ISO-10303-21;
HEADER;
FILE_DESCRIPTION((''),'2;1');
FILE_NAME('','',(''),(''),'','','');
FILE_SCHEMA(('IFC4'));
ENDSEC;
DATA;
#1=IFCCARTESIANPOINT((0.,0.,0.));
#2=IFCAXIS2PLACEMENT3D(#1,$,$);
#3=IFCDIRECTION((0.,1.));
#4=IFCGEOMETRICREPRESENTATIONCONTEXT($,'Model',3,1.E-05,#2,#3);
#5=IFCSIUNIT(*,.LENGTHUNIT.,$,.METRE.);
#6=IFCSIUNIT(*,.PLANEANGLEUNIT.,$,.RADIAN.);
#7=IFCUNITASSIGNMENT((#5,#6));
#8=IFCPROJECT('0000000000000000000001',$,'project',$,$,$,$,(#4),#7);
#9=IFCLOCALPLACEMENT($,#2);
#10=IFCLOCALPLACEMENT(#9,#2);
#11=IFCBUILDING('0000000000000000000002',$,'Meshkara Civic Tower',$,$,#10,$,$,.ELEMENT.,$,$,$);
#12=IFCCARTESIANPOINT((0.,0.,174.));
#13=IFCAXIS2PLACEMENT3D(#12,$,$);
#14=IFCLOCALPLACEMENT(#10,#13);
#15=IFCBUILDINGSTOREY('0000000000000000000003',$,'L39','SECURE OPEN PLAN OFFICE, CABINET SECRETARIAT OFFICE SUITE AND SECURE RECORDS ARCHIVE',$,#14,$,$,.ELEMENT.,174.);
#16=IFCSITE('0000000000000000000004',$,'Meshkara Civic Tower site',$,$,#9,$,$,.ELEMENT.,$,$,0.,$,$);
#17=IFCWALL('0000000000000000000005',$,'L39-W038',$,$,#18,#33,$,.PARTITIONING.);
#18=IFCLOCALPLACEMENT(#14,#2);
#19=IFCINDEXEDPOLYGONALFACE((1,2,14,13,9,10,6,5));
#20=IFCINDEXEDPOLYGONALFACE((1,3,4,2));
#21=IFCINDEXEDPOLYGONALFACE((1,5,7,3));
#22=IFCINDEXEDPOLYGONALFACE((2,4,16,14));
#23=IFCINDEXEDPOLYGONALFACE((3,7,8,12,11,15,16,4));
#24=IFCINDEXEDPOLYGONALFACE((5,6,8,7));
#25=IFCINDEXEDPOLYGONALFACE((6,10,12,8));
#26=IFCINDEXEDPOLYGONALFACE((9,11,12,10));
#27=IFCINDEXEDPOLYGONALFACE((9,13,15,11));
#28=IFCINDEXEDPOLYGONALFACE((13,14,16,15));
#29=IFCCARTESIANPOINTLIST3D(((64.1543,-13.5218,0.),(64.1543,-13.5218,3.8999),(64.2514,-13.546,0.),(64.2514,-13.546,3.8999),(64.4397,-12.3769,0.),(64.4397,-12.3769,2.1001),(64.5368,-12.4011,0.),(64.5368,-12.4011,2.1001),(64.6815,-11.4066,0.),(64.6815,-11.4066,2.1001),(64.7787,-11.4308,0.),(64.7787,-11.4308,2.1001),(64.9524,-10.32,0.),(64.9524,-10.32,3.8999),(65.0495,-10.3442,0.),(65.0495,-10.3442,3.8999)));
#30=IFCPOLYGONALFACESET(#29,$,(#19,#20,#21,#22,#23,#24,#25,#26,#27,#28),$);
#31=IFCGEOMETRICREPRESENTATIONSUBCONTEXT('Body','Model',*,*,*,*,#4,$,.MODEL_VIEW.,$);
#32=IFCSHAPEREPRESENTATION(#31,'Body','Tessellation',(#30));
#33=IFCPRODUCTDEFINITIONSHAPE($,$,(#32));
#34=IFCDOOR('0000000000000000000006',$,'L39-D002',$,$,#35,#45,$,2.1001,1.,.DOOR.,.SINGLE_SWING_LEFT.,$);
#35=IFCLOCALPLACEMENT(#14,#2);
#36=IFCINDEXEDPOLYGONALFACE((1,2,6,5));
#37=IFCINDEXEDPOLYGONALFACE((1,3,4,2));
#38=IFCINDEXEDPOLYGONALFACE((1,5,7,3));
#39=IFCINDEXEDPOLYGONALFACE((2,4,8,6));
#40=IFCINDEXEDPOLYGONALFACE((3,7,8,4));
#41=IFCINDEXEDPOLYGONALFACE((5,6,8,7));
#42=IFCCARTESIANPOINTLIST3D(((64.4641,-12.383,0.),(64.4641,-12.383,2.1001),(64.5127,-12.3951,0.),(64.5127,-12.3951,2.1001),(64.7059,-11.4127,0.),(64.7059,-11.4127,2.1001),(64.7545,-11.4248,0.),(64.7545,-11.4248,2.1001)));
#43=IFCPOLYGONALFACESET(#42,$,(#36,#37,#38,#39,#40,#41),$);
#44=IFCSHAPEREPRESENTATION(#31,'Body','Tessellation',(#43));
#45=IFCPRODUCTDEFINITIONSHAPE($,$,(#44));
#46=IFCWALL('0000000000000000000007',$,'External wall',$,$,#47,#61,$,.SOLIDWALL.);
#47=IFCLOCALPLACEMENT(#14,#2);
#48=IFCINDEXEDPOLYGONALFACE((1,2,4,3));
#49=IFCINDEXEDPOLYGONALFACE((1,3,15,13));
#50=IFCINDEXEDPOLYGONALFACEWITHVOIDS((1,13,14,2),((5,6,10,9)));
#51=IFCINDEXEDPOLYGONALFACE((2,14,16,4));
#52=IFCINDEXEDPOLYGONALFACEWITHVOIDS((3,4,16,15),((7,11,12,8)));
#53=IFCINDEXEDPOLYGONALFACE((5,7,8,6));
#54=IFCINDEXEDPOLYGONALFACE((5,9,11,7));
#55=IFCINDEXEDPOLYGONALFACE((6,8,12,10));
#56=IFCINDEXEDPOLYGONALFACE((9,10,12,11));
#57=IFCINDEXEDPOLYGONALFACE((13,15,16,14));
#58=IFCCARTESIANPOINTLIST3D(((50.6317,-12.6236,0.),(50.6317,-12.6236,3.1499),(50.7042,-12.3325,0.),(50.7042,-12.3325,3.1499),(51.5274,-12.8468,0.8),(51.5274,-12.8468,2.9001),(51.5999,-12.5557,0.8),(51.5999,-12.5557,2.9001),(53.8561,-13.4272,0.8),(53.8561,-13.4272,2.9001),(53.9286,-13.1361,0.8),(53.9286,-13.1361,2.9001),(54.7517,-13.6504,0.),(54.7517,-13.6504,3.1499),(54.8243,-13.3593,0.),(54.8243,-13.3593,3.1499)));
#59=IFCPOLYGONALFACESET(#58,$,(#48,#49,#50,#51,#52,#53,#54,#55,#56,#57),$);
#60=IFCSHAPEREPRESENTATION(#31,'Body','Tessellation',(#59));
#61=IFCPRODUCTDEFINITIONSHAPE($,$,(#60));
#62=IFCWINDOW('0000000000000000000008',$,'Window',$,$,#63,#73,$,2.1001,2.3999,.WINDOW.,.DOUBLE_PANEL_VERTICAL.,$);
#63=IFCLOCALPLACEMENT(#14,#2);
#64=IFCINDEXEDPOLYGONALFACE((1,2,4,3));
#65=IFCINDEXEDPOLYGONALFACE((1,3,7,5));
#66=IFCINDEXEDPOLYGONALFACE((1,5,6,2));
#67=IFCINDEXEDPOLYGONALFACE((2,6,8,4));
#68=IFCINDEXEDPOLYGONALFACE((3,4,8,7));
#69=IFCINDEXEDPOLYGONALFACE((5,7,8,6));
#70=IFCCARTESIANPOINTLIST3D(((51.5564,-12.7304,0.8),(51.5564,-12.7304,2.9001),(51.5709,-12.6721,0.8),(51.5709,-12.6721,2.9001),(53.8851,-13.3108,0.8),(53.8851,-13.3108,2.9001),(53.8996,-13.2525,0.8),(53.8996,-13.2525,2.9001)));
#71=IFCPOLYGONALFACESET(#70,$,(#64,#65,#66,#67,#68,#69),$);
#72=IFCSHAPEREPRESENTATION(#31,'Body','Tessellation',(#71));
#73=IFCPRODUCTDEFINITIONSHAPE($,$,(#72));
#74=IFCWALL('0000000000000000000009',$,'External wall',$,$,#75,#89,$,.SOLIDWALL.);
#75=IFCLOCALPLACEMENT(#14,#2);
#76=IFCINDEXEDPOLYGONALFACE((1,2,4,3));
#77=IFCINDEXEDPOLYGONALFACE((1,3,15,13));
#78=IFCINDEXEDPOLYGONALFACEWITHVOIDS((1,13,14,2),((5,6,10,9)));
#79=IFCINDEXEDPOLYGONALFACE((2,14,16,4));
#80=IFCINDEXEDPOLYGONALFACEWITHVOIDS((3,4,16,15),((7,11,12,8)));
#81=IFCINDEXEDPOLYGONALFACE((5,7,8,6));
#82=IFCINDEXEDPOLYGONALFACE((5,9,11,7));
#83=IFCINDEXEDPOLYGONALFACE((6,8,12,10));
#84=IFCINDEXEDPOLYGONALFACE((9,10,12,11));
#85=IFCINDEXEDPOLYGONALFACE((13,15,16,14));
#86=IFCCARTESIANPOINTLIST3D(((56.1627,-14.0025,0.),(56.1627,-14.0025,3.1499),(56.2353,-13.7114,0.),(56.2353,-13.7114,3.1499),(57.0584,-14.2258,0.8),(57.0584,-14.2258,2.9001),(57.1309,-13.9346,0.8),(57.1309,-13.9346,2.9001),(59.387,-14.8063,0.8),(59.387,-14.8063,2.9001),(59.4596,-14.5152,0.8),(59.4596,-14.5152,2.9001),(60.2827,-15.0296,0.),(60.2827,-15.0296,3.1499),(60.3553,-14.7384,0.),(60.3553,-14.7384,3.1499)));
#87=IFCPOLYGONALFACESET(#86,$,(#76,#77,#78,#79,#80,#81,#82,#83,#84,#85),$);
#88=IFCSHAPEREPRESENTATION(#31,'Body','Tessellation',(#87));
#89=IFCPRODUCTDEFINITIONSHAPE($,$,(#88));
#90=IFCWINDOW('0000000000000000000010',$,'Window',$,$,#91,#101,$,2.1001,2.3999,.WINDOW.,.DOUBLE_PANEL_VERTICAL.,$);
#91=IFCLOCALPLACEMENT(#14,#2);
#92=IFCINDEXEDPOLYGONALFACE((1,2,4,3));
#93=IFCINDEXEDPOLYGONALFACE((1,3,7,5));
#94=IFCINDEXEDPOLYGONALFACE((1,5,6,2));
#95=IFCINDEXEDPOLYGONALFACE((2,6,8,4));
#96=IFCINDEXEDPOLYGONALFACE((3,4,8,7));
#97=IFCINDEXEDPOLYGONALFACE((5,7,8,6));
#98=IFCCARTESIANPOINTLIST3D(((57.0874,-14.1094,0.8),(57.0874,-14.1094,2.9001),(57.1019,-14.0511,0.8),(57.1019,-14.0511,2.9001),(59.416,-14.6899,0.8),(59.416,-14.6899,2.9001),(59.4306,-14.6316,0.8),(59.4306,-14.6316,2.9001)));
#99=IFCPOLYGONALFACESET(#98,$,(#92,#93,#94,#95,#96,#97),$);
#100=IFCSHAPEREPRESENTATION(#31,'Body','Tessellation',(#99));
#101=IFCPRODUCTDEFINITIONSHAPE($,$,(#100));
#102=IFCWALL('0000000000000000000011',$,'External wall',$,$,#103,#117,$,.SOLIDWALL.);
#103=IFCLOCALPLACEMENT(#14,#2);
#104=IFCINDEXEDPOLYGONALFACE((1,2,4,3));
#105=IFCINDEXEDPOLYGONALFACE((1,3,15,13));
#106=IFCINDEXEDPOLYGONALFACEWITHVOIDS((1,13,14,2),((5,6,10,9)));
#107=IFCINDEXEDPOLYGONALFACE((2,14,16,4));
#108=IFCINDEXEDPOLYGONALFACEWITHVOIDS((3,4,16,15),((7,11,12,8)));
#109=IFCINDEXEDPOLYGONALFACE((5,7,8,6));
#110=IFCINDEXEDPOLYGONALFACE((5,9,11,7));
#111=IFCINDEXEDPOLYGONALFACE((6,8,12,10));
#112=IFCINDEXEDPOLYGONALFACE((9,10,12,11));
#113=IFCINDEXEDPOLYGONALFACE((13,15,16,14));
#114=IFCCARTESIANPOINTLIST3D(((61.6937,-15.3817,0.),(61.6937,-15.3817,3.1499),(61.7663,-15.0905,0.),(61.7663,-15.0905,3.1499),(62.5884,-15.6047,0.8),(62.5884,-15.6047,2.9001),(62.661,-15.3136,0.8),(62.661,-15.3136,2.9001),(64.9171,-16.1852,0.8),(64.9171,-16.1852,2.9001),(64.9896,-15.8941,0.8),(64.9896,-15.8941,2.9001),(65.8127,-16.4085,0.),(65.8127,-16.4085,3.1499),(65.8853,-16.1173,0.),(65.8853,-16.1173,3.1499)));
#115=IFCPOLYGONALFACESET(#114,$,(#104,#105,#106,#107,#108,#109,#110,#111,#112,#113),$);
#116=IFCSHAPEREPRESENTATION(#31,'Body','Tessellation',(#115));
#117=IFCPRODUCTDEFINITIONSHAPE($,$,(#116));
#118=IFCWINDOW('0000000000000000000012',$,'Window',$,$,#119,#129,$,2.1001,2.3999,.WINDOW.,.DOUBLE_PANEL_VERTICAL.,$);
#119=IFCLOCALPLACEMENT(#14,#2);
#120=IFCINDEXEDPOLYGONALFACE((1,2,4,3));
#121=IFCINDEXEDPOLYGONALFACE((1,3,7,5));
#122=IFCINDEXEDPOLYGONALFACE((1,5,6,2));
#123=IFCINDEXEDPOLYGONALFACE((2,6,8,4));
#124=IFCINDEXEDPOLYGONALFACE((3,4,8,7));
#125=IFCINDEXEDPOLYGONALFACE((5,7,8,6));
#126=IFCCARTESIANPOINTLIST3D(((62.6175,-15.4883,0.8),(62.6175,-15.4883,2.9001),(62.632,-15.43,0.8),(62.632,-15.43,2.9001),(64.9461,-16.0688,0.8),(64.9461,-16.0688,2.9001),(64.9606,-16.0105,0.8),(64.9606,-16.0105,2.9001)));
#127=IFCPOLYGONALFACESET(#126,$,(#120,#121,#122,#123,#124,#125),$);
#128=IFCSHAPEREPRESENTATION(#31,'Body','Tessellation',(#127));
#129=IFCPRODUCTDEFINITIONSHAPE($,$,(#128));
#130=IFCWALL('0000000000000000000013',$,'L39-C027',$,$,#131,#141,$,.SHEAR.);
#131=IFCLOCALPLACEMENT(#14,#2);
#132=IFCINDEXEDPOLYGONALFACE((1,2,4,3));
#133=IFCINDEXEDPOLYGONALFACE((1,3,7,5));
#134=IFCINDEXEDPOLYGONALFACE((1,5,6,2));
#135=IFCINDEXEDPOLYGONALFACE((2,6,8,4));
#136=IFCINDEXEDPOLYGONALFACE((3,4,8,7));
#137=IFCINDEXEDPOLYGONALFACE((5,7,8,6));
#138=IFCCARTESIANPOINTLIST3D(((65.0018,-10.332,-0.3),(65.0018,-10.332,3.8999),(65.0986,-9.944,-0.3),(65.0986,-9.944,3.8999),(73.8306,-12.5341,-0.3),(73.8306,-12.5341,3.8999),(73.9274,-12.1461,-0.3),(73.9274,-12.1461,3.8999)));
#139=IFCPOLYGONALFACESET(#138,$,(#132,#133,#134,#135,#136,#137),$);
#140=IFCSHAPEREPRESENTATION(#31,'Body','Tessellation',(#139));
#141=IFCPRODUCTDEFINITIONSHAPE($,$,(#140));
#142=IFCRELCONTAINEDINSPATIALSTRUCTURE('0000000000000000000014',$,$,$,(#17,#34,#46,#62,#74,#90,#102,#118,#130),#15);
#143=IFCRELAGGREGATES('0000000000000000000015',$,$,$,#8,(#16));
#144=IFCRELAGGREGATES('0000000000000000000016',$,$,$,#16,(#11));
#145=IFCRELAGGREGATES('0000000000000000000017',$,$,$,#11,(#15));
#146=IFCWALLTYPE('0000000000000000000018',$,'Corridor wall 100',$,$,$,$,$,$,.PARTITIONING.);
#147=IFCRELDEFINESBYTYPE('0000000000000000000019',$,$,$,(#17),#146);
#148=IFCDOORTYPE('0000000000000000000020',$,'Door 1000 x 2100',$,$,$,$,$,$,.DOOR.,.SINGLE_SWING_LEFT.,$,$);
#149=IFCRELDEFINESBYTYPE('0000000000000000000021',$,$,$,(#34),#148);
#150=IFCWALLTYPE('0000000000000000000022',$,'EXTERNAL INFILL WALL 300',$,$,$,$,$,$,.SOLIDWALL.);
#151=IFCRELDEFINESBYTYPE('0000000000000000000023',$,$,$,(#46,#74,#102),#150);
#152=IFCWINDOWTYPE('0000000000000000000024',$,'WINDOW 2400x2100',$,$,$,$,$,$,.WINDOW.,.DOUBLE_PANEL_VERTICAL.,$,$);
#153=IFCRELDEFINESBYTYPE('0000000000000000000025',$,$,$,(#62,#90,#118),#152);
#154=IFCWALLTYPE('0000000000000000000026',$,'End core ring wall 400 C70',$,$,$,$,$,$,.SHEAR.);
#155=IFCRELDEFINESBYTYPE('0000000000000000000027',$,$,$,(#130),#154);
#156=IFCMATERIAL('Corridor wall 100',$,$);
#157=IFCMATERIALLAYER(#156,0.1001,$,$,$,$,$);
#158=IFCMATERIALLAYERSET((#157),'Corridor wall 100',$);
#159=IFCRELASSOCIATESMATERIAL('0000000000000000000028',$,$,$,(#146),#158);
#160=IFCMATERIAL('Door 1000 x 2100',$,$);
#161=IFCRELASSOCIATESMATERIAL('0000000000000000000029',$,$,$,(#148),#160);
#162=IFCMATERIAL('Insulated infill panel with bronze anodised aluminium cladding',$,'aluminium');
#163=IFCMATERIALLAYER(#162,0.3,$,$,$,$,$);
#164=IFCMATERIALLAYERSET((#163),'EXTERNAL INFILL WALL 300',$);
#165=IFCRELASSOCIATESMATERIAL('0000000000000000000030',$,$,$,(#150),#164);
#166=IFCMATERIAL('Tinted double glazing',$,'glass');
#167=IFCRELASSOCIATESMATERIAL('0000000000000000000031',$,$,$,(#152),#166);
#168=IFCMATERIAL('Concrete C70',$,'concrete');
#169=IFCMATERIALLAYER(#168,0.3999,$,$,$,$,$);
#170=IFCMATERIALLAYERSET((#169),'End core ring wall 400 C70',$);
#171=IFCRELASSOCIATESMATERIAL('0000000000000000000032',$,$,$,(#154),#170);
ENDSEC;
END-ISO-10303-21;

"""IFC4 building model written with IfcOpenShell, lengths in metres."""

from ifc_helpers import new_model, si_unit, direction, frame, frame_2d, origin, place, context, subcontext, project, spatial, rectangle, extrude, material, layer, layer_set, type_object, element, fill, save


model = new_model("IFC4")

# Units and contexts
model_context = context("Model", 3, precision=1e-05, world=origin(), true_north=direction((0.0, 1.0)))
body_context = subcontext(model_context, "Body", "Model", "MODEL_VIEW")
ifc_project = project(units=[si_unit("LENGTHUNIT", "METRE"), si_unit("PLANEANGLEUNIT", "RADIAN")], contexts=[model_context])

# Site, building, storey
site_placement = place(None, origin())
site = spatial("IfcSite", under=ifc_project, at=site_placement, Name="Meshkara Civic Tower site", CompositionType="ELEMENT", RefElevation=0.0)
building_placement = place(site_placement, origin())
building = spatial("IfcBuilding", under=site, at=building_placement, Name="Meshkara Civic Tower", CompositionType="ELEMENT")
storey_placement = place(building_placement, frame((0.0, 0.0, 174.0)))
storey = spatial("IfcBuildingStorey", under=building, at=storey_placement, Name="L39", Description="SECURE OPEN PLAN OFFICE, CABINET SECRETARIAT OFFICE SUITE AND SECURE RECORDS ARCHIVE", CompositionType="ELEMENT", Elevation=174.0)

# Shared definitions
ifc_material_1 = material(Name="Corridor wall 100")
ifc_layer_1 = layer(ifc_material_1, 0.1001)
ifc_layer_set_1 = layer_set([ifc_layer_1], Name="Corridor wall 100")
wall_type_1 = type_object("IfcWallType", Name="Corridor wall 100", PredefinedType="PARTITIONING", material=ifc_layer_set_1)

# Shared definitions
ifc_material_2 = material(Name="Door 1000 x 2100")
door_type_1 = type_object("IfcDoorType", Name="Door 1000 x 2100", OperationType="SINGLE_SWING_LEFT", PredefinedType="DOOR", material=ifc_material_2)

# Wall, opening, door
wall_1_placement = place(storey_placement, frame((64.2029, -13.5339, 0.0), z_axis=(0.0, 0.0, 1.0), x_axis=(0.241857, 0.970312, 0.0)))
wall_1 = element("IfcWall", 1, at=wall_1_placement, inside=storey, type_object=wall_type_1, Name="L39-W038", PredefinedType="PARTITIONING", context=body_context, shape_type="SweptSolid", body=[
    extrude(rectangle(XDim=3.2998, YDim=0.1001, at=frame_2d((1.6499, 0.0))), origin(), (0.0, 0.0, 1.0), 3.8999),
])
opening_1_placement = place(wall_1_placement, frame((1.1799, 0.0, 0.0)))
opening_1 = element("IfcOpeningElement", 2, at=opening_1_placement, cuts=wall_1, PredefinedType="OPENING", context=body_context, shape_type="SweptSolid", body=[
    extrude(rectangle(XDim=1.0, YDim=2.1001, at=frame_2d((0.5, 1.05))), frame((0.0, 0.0601, 0.0), z_axis=(0.0, -1.0, 0.0), x_axis=(1.0, 0.0, 0.0)), (0.0, 0.0, 1.0), 0.1201),
])
door_1_placement = place(opening_1_placement, origin())
door_1 = element("IfcDoor", 3, at=door_1_placement, inside=storey, type_object=door_type_1, Name="L39-D002", OperationType="SINGLE_SWING_LEFT", OverallHeight=2.1001, OverallWidth=1.0, PredefinedType="DOOR", context=body_context, shape_type="SweptSolid", body=[
    extrude(rectangle(XDim=1.0, YDim=2.1001, at=frame_2d((0.5, 1.05))), frame((0.0, 0.0249, 0.0), z_axis=(0.0, -1.0, 0.0), x_axis=(1.0, 0.0, 0.0)), (0.0, 0.0, 1.0), 0.05),
])
fill(opening_1, door_1)

# Walls, openings, windows
ifc_material_3 = material(Name="Insulated infill panel with bronze anodised aluminium cladding", Category="aluminium")
ifc_layer_2 = layer(ifc_material_3, 0.3)
ifc_layer_set_2 = layer_set([ifc_layer_2], Name="EXTERNAL INFILL WALL 300")
wall_type_2 = type_object("IfcWallType", Name="EXTERNAL INFILL WALL 300", PredefinedType="SOLIDWALL", material=ifc_layer_set_2)
wall_2_placement = place(storey_placement, frame((50.668, -12.478, 0.0), z_axis=(0.0, 0.0, 1.0), x_axis=(0.970318, -0.241832, 0.0)))
wall_2 = element("IfcWall", 4, at=wall_2_placement, inside=storey, type_object=wall_type_2, Name="External wall", PredefinedType="SOLIDWALL", context=body_context, shape_type="SweptSolid", body=[
    extrude(rectangle(XDim=4.2461, YDim=0.3, at=frame_2d((2.123, 0.0))), origin(), (0.0, 0.0, 1.0), 3.1499),
])
opening_2_placement = place(wall_2_placement, frame((0.9231, 0.0, 0.8)))
opening_2 = element("IfcOpeningElement", 5, at=opening_2_placement, cuts=wall_2, PredefinedType="OPENING", context=body_context, shape_type="SweptSolid", body=[
    extrude(rectangle(XDim=2.3999, YDim=2.1001, at=frame_2d((1.2, 1.05))), frame((0.0, 0.1599, 0.0), z_axis=(0.0, -1.0, 0.0), x_axis=(1.0, 0.0, 0.0)), (0.0, 0.0, 1.0), 0.3201),
])
ifc_material_4 = material(Name="Tinted double glazing", Category="glass")
window_type = type_object("IfcWindowType", Name="WINDOW 2400x2100", PartitioningType="DOUBLE_PANEL_VERTICAL", PredefinedType="WINDOW", material=ifc_material_4)
window_1_placement = place(opening_2_placement, origin())
window_1 = element("IfcWindow", 6, at=window_1_placement, inside=storey, type_object=window_type, Name="Window", OverallHeight=2.1001, OverallWidth=2.3999, PartitioningType="DOUBLE_PANEL_VERTICAL", PredefinedType="WINDOW", context=body_context, shape_type="SweptSolid", body=[
    extrude(rectangle(XDim=2.3999, YDim=2.1001, at=frame_2d((1.2, 1.05))), frame((0.0, 0.03, 0.0), z_axis=(0.0, -1.0, 0.0), x_axis=(1.0, 0.0, 0.0)), (0.0, 0.0, 1.0), 0.0601),
])
fill(opening_2, window_1)
wall_3_placement = place(storey_placement, frame((56.199, -13.8569, 0.0), z_axis=(0.0, 0.0, 1.0), x_axis=(0.970305, -0.241886, 0.0)))
wall_3 = element("IfcWall", 7, at=wall_3_placement, inside=storey, type_object=wall_type_2, Name="External wall", PredefinedType="SOLIDWALL", context=body_context, shape_type="SweptSolid", body=[
    extrude(rectangle(XDim=4.2461, YDim=0.3, at=frame_2d((2.123, 0.0))), origin(), (0.0, 0.0, 1.0), 3.1499),
])
opening_3_placement = place(wall_3_placement, frame((0.9231, 0.0, 0.8)))
opening_3 = element("IfcOpeningElement", 8, at=opening_3_placement, cuts=wall_3, PredefinedType="OPENING", context=body_context, shape_type="SweptSolid", body=[
    extrude(rectangle(XDim=2.3999, YDim=2.1001, at=frame_2d((1.2, 1.05))), frame((0.0, 0.1599, 0.0), z_axis=(0.0, -1.0, 0.0), x_axis=(1.0, 0.0, 0.0)), (0.0, 0.0, 1.0), 0.3201),
])
window_2_placement = place(opening_3_placement, origin())
window_2 = element("IfcWindow", 9, at=window_2_placement, inside=storey, type_object=window_type, Name="Window", OverallHeight=2.1001, OverallWidth=2.3999, PartitioningType="DOUBLE_PANEL_VERTICAL", PredefinedType="WINDOW", context=body_context, shape_type="SweptSolid", body=[
    extrude(rectangle(XDim=2.3999, YDim=2.1001, at=frame_2d((1.2, 1.05))), frame((0.0, 0.03, 0.0), z_axis=(0.0, -1.0, 0.0), x_axis=(1.0, 0.0, 0.0)), (0.0, 0.0, 1.0), 0.0601),
])
fill(opening_3, window_2)
wall_4_placement = place(storey_placement, frame((61.73, -15.2361, 0.0), z_axis=(0.0, 0.0, 1.0), x_axis=(0.970305, -0.241886, 0.0)))
wall_4 = element("IfcWall", 10, at=wall_4_placement, inside=storey, type_object=wall_type_2, Name="External wall", PredefinedType="SOLIDWALL", context=body_context, shape_type="SweptSolid", body=[
    extrude(rectangle(XDim=4.2451, YDim=0.3, at=frame_2d((2.1226, 0.0))), origin(), (0.0, 0.0, 1.0), 3.1499),
])
opening_4_placement = place(wall_4_placement, frame((0.9221, 0.0, 0.8)))
opening_4 = element("IfcOpeningElement", 11, at=opening_4_placement, cuts=wall_4, PredefinedType="OPENING", context=body_context, shape_type="SweptSolid", body=[
    extrude(rectangle(XDim=2.3999, YDim=2.1001, at=frame_2d((1.2, 1.05))), frame((0.0, 0.1599, 0.0), z_axis=(0.0, -1.0, 0.0), x_axis=(1.0, 0.0, 0.0)), (0.0, 0.0, 1.0), 0.3201),
])
window_3_placement = place(opening_4_placement, origin())
window_3 = element("IfcWindow", 12, at=window_3_placement, inside=storey, type_object=window_type, Name="Window", OverallHeight=2.1001, OverallWidth=2.3999, PartitioningType="DOUBLE_PANEL_VERTICAL", PredefinedType="WINDOW", context=body_context, shape_type="SweptSolid", body=[
    extrude(rectangle(XDim=2.3999, YDim=2.1001, at=frame_2d((1.2, 1.05))), frame((0.0, 0.03, 0.0), z_axis=(0.0, -1.0, 0.0), x_axis=(1.0, 0.0, 0.0)), (0.0, 0.0, 1.0), 0.0601),
])
fill(opening_4, window_3)

# Wall
ifc_material_5 = material(Name="Concrete C70", Category="concrete")
ifc_layer_3 = layer(ifc_material_5, 0.3999)
ifc_layer_set_3 = layer_set([ifc_layer_3], Name="End core ring wall 400 C70")
wall_type_3 = type_object("IfcWallType", Name="End core ring wall 400 C70", PredefinedType="SHEAR", material=ifc_layer_set_3)
wall_5_placement = place(storey_placement, frame((65.05, -10.1379, -0.3), z_axis=(0.0, 0.0, 1.0), x_axis=(0.970273, -0.242012, 0.0)))
element("IfcWall", 13, at=wall_5_placement, inside=storey, type_object=wall_type_3, Name="L39-C027", PredefinedType="SHEAR", context=body_context, shape_type="SweptSolid", body=[
    extrude(rectangle(XDim=9.0994, YDim=0.3999, at=frame_2d((4.5498, 0.0))), origin(), (0.0, 0.0, 1.0), 4.2),
])

save(model, "model.ifc")
